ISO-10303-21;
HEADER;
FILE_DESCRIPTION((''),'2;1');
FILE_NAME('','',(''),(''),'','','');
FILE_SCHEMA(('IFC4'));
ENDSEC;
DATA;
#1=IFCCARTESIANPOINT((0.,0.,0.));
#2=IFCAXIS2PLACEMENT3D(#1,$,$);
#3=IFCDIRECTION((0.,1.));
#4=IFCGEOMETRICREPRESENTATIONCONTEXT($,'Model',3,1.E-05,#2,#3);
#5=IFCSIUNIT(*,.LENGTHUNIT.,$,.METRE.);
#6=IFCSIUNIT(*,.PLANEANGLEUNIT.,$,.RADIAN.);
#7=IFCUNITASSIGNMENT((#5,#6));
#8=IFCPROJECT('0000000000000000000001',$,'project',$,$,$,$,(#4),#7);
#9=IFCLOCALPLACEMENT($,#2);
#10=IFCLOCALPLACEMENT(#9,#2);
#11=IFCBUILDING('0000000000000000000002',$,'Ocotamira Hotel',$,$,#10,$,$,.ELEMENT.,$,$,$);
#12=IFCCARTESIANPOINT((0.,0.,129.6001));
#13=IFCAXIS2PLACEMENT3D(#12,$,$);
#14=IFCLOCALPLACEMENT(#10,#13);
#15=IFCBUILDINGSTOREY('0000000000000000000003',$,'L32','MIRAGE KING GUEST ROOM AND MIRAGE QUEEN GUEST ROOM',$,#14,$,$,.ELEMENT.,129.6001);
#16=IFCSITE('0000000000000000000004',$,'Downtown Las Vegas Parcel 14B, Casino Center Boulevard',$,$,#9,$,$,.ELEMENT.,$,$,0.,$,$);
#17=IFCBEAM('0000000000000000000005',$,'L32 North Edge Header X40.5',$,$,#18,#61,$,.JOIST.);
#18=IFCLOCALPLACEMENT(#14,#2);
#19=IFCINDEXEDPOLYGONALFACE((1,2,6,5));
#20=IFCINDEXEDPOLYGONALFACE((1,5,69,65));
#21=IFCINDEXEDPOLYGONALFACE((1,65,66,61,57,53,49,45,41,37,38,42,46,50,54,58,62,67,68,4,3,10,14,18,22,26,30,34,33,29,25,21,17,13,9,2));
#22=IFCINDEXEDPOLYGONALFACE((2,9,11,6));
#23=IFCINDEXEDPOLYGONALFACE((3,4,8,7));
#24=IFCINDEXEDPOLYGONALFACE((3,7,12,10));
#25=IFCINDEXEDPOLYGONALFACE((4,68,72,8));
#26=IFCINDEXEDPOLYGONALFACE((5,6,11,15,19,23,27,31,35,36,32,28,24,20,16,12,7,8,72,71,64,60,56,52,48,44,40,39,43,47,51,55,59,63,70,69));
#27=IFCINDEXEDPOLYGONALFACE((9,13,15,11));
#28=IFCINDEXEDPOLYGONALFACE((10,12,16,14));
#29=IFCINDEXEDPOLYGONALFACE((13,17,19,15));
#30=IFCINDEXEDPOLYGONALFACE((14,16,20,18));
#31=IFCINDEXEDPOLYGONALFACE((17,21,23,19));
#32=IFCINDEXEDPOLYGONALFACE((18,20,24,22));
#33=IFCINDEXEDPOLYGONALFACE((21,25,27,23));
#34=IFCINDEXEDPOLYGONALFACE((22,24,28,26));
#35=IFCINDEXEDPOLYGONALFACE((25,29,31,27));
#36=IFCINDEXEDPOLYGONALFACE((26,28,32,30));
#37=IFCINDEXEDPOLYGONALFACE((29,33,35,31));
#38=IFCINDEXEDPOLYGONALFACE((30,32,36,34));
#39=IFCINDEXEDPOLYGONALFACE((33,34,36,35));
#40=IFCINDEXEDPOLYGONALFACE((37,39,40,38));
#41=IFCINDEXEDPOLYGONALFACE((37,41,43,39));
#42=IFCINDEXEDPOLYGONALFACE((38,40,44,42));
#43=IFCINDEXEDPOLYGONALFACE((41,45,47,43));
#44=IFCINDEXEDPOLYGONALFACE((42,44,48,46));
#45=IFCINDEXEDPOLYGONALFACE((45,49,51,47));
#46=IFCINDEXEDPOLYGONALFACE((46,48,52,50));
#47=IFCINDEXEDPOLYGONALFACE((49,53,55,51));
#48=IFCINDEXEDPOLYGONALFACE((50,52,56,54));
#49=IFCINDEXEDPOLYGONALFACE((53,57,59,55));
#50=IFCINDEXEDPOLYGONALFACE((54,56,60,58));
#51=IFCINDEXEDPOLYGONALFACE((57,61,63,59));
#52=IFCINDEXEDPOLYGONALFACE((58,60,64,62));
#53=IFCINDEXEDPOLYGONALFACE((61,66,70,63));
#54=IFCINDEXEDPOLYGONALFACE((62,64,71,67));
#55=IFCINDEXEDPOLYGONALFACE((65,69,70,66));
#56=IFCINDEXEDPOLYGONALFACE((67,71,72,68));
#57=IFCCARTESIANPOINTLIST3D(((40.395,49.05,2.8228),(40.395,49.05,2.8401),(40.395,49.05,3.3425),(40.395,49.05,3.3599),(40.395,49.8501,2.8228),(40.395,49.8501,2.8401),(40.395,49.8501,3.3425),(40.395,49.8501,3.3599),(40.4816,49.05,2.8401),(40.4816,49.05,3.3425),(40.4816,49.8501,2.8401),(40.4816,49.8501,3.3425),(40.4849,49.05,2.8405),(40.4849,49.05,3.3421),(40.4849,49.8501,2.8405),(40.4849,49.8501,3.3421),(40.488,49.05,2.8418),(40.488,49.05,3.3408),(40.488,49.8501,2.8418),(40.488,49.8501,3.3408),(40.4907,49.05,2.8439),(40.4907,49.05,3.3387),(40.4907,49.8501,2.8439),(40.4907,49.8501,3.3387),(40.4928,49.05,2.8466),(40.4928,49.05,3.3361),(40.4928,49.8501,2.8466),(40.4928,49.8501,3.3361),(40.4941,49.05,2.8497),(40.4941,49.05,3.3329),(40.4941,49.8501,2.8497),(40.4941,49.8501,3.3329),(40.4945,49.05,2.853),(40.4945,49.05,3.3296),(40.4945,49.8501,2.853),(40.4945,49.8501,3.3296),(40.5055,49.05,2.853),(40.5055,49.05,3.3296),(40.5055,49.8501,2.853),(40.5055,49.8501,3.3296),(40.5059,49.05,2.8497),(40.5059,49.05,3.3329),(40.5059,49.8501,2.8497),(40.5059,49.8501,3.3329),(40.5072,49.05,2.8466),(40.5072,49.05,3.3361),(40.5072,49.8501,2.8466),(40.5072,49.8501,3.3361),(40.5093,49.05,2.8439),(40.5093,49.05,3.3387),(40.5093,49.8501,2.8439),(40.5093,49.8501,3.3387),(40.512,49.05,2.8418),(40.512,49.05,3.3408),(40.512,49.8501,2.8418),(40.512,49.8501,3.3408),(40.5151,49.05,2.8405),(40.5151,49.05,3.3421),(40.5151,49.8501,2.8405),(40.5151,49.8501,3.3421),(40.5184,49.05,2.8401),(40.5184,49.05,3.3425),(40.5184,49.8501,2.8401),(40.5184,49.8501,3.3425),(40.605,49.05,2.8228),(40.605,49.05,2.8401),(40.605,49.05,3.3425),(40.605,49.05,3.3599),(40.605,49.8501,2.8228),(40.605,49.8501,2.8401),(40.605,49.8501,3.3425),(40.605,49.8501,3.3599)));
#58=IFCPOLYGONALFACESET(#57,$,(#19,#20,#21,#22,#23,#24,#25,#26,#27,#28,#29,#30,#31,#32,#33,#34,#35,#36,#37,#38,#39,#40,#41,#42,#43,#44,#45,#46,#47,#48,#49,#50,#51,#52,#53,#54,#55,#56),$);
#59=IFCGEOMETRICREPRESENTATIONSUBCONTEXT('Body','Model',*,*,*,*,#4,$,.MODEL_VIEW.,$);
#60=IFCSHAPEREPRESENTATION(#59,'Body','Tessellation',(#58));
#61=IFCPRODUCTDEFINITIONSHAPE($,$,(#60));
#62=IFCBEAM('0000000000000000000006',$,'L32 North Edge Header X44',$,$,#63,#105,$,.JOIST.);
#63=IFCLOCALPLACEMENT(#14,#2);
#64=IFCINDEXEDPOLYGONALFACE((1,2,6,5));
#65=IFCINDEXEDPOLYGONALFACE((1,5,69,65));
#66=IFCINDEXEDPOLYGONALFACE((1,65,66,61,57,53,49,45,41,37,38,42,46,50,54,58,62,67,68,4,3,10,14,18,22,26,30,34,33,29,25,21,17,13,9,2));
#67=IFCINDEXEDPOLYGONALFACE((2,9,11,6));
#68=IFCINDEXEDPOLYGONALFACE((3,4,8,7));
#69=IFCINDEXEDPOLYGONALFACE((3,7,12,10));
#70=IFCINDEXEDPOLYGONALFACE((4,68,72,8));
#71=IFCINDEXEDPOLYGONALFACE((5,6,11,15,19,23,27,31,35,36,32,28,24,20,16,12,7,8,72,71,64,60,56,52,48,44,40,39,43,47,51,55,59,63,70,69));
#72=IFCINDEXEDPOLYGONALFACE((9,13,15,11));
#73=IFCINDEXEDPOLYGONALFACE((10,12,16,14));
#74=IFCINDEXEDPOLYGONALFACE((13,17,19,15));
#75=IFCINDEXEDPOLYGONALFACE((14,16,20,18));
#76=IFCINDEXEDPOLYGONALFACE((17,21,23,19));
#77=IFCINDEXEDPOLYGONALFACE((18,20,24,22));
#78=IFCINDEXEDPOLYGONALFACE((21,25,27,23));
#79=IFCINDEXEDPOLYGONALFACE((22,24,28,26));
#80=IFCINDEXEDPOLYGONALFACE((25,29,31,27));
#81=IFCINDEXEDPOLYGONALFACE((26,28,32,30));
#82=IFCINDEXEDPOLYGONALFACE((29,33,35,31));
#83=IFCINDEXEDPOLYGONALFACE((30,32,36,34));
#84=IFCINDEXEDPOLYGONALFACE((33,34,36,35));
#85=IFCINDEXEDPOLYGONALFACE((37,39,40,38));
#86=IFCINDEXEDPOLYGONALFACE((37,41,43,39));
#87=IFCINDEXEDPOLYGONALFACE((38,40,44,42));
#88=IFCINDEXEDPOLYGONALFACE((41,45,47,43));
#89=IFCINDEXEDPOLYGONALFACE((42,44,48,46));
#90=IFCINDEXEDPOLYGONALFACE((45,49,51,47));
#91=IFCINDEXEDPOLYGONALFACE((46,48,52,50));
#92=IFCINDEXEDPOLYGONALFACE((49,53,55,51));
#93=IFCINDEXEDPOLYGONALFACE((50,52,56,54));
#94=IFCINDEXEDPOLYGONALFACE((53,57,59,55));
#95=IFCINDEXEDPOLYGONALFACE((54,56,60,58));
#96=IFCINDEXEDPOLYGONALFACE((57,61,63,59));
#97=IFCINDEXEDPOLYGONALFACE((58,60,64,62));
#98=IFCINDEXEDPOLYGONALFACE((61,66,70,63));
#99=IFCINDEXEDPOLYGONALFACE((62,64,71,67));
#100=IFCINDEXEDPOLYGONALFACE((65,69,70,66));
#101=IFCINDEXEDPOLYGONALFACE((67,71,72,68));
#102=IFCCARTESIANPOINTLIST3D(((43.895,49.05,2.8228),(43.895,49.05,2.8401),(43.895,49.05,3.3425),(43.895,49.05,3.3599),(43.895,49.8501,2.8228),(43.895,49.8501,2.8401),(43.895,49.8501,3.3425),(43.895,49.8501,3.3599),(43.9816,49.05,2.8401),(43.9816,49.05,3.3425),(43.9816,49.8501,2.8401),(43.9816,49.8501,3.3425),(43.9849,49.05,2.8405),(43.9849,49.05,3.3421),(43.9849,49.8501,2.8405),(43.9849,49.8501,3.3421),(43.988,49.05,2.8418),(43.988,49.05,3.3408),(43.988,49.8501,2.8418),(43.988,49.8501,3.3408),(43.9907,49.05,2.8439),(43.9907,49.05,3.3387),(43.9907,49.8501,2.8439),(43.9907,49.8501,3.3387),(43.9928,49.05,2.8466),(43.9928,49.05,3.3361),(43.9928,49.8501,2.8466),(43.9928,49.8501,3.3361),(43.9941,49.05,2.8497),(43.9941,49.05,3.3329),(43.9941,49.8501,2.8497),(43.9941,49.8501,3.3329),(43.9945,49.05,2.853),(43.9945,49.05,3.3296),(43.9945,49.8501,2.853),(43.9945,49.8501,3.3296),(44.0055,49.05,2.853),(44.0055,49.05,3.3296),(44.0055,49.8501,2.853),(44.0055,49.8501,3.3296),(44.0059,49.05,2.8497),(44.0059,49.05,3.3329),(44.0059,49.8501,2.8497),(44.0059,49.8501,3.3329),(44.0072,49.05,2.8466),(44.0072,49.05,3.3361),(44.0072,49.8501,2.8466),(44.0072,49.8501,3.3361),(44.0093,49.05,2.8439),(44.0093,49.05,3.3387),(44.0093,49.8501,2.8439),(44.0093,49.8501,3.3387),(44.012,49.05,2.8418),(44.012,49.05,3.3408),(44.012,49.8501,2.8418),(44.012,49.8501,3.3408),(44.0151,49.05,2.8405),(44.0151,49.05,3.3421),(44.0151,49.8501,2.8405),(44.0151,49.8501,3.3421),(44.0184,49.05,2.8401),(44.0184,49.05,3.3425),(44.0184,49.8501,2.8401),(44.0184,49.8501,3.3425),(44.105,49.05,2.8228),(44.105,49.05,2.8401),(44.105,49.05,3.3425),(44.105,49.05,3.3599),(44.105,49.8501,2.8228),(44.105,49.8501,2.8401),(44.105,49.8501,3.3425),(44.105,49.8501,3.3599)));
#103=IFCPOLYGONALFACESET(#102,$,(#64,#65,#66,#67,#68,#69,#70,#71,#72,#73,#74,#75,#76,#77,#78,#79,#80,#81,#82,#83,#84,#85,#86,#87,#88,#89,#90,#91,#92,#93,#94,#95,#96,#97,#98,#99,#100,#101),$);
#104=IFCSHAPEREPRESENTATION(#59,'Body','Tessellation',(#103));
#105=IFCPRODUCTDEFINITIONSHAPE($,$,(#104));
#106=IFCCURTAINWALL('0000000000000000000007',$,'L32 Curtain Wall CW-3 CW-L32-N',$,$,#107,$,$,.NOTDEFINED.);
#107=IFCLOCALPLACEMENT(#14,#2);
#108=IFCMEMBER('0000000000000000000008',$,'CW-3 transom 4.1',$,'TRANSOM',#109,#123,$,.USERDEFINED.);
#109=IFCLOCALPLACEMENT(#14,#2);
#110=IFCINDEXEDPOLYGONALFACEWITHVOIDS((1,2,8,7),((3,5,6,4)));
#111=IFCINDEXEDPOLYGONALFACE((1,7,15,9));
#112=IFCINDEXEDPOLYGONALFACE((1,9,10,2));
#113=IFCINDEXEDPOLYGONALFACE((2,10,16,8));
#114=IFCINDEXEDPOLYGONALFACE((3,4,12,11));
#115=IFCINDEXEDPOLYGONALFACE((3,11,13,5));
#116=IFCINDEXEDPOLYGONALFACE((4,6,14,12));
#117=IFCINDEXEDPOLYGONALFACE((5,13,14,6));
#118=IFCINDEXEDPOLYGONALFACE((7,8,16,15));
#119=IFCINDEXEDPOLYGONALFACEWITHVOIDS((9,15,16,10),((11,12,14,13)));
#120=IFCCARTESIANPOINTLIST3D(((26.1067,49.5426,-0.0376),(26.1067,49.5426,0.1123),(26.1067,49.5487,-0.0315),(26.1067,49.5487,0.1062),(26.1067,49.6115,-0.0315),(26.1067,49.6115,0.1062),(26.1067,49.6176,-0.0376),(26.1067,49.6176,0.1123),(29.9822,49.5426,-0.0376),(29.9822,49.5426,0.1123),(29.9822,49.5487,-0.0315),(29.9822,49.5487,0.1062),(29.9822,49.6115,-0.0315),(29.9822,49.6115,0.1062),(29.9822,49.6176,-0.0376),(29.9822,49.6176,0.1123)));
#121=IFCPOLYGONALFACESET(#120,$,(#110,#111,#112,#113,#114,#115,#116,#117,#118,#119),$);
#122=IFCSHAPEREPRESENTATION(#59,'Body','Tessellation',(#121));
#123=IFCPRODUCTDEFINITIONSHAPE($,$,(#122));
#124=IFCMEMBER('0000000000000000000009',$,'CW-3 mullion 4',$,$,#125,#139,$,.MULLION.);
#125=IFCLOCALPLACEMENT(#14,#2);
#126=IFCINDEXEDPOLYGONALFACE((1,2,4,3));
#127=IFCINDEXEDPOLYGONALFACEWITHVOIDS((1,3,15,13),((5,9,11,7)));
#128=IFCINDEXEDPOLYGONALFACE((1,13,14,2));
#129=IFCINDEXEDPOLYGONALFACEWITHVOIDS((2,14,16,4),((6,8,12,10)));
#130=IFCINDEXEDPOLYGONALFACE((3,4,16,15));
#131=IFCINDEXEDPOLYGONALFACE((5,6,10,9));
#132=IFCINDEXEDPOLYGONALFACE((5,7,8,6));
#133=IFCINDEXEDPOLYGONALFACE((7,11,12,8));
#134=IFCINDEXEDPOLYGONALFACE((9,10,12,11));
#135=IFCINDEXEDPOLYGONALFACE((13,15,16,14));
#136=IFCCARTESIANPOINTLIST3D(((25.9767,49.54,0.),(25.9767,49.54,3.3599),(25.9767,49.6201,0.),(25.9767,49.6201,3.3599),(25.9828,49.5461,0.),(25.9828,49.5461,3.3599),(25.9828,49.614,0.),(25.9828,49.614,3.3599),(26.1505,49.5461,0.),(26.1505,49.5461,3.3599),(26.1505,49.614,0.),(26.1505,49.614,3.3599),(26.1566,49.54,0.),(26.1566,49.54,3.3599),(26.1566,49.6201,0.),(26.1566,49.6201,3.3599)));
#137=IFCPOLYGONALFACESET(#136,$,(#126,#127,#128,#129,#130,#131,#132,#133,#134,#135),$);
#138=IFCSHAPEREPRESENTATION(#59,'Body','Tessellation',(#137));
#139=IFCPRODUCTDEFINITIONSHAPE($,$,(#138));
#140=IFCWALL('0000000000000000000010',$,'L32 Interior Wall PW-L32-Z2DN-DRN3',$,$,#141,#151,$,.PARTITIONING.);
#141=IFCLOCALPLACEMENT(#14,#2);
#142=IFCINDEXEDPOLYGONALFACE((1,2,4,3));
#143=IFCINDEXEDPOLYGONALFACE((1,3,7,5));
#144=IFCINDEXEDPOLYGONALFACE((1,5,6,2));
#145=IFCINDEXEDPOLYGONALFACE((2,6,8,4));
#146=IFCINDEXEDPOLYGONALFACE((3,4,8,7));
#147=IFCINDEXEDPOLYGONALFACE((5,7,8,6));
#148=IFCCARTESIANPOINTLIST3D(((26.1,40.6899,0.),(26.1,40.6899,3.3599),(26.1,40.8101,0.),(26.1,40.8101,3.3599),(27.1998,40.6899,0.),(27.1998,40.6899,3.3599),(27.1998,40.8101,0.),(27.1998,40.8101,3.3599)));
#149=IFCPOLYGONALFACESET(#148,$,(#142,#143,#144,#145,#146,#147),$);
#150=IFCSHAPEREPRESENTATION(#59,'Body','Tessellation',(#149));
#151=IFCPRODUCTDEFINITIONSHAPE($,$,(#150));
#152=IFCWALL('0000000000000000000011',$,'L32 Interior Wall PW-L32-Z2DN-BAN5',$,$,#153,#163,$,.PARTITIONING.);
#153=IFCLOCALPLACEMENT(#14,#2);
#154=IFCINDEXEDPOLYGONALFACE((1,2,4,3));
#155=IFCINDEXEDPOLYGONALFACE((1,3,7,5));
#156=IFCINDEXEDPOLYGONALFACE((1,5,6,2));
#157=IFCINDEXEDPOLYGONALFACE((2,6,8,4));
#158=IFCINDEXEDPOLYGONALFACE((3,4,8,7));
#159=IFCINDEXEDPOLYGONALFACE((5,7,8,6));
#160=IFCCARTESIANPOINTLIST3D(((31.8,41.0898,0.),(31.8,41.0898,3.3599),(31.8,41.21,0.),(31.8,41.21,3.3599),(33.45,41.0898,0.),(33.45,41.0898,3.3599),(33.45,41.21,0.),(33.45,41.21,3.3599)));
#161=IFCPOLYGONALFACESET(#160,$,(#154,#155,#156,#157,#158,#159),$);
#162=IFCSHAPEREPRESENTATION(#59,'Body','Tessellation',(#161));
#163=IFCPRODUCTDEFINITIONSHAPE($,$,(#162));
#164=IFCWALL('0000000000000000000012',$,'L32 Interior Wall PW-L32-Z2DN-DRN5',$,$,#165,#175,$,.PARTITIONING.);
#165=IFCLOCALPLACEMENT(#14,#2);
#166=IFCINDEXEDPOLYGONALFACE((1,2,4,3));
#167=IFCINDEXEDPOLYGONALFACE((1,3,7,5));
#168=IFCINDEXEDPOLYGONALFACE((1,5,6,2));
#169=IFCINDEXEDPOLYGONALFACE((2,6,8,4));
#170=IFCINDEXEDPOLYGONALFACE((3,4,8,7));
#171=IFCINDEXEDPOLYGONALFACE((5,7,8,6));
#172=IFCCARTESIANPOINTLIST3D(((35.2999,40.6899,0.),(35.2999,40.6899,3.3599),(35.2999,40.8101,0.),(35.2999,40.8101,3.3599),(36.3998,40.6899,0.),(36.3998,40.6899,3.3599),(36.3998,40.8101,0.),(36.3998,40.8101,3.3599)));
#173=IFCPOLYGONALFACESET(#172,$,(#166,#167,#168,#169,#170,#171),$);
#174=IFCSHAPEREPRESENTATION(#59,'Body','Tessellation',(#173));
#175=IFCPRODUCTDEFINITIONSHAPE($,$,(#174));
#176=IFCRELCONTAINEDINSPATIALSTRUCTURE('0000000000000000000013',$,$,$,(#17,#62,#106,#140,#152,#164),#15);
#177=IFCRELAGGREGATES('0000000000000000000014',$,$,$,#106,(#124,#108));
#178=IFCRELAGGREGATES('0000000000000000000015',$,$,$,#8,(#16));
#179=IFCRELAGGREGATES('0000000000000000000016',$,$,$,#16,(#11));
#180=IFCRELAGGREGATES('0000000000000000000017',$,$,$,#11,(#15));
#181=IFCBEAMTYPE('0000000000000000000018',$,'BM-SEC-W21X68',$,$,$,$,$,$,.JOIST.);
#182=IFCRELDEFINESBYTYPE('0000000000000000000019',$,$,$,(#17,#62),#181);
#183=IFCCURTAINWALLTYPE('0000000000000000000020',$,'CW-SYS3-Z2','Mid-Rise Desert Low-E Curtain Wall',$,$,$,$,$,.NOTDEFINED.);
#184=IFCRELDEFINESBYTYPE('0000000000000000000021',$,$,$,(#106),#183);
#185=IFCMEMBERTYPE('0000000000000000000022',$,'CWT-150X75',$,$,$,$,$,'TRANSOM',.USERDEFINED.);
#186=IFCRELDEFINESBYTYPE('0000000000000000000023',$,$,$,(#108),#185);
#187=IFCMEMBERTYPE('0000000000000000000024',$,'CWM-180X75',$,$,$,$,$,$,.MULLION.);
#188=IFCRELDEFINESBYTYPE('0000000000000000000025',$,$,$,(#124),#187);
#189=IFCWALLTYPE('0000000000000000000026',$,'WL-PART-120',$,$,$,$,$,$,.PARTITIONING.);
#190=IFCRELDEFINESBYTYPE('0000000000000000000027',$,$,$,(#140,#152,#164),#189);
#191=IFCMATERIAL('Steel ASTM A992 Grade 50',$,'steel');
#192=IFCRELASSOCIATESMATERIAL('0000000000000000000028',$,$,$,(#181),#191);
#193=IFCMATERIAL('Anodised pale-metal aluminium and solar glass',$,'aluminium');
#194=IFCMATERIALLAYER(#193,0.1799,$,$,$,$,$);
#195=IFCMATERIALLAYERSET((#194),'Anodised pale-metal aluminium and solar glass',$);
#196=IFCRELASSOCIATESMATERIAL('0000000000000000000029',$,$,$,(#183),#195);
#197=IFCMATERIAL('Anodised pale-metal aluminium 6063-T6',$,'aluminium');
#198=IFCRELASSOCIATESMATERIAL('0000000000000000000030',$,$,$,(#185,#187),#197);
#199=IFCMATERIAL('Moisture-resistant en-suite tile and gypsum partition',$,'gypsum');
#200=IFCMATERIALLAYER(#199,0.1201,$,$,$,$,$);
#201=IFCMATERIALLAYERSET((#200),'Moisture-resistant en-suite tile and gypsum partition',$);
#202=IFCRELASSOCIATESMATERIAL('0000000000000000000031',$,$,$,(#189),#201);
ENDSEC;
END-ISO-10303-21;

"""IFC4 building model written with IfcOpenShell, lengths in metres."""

from ifc_helpers import new_model, si_unit, direction, frame, frame_2d, origin, origin_2d, place, context, subcontext, project, spatial, rectangle, hollow_rectangle, i_section, extrude, source, transform, mapped, material, layer, layer_set, material_profile, profile_set, type_object, element, aggregate, save


model = new_model("IFC4")

# Units and contexts
model_context = context("Model", 3, precision=1e-05, world=origin(), true_north=direction((0.0, 1.0)))
body_context = subcontext(model_context, "Body", "Model", "MODEL_VIEW")
ifc_project = project(units=[si_unit("LENGTHUNIT", "METRE"), si_unit("PLANEANGLEUNIT", "RADIAN")], contexts=[model_context])

# Site, building, storey
site_placement = place(None, origin())
site = spatial("IfcSite", under=ifc_project, at=site_placement, Name="Downtown Las Vegas Parcel 14B, Casino Center Boulevard", CompositionType="ELEMENT", RefElevation=0.0)
building_placement = place(site_placement, origin())
building = spatial("IfcBuilding", under=site, at=building_placement, Name="Ocotamira Hotel", CompositionType="ELEMENT")
storey_placement = place(building_placement, frame((0.0, 0.0, 129.6001)))
storey = spatial("IfcBuildingStorey", under=building, at=storey_placement, Name="L32", Description="MIRAGE KING GUEST ROOM AND MIRAGE QUEEN GUEST ROOM", CompositionType="ELEMENT", Elevation=129.6001)

# Beams
ifc_material_1 = material(Name="Steel ASTM A992 Grade 50", Category="steel")
ifc_material_profile_1 = material_profile(ifc_material_1, i_section(OverallWidth=0.21, OverallDepth=0.5371, WebThickness=0.011, FlangeThickness=0.0173, FilletRadius=0.0129, at=origin_2d()), Name="W21X68")
ifc_profile_set_1 = profile_set([ifc_material_profile_1], Name="Steel ASTM A992 Grade 50")
beam_type_1 = type_object("IfcBeamType", Name="BM-SEC-W21X68", PredefinedType="JOIST", material=ifc_profile_set_1)
shared_shape_1 = source(origin(), body_context, "Body", "SweptSolid", [
    extrude(i_section(OverallWidth=0.21, OverallDepth=0.5371, WebThickness=0.011, FlangeThickness=0.0173, FilletRadius=0.0129, at=origin_2d()), origin(), (0.0, 0.0, 1.0), 0.8),
])
for number, where, z_axis, x_axis, name in (
    (1, (40.5, 49.05, 3.0913), (0.0, 1.0, 0.0), (-1.0, 0.0, 0.0), "L32 North Edge Header X40.5"),
    (2, (44.0, 49.05, 3.0913), (0.0, 1.0, 0.0), (-1.0, 0.0, 0.0), "L32 North Edge Header X44"),
):
    element("IfcBeam", number, at=place(storey_placement, frame(where, z_axis=z_axis, x_axis=x_axis)), inside=storey, type_object=beam_type_1, Name=name, PredefinedType="JOIST", context=body_context, shape_type="MappedRepresentation", body=[
        mapped(shared_shape_1, transform((0.0, 0.0, 0.0), scale=1.0)),
    ])

# Curtain wall, members
ifc_material_2 = material(Name="Anodised pale-metal aluminium and solar glass", Category="aluminium")
ifc_layer_1 = layer(ifc_material_2, 0.1799)
ifc_layer_set_1 = layer_set([ifc_layer_1], Name="Anodised pale-metal aluminium and solar glass")
curtain_wall_type = type_object("IfcCurtainWallType", Name="CW-SYS3-Z2", Description="Mid-Rise Desert Low-E Curtain Wall", PredefinedType="NOTDEFINED", material=ifc_layer_set_1)
curtain_wall_placement = place(storey_placement, origin())
curtain_wall = element("IfcCurtainWall", 3, at=curtain_wall_placement, inside=storey, type_object=curtain_wall_type, Name="L32 Curtain Wall CW-3 CW-L32-N", PredefinedType="NOTDEFINED")
ifc_material_3 = material(Name="Anodised pale-metal aluminium 6063-T6", Category="aluminium")
ifc_material_profile_2 = material_profile(ifc_material_3, hollow_rectangle(XDim=0.075, YDim=0.1499, WallThickness=0.0061, at=origin_2d()), Name="HSS150X75X6")
ifc_profile_set_2 = profile_set([ifc_material_profile_2], Name="Anodised pale-metal aluminium 6063-T6")
member_type_1 = type_object("IfcMemberType", Name="CWT-150X75", ElementType="TRANSOM", PredefinedType="USERDEFINED", material=ifc_profile_set_2)
shared_shape_2 = source(origin(), body_context, "Body", "SweptSolid", [
    extrude(hollow_rectangle(XDim=0.075, YDim=0.1499, WallThickness=0.0061, at=origin_2d()), origin(), (0.0, 0.0, 1.0), 3.8755),
])
member_1_placement = place(storey_placement, frame((26.1067, 49.5801, 0.0374), z_axis=(1.0, 0.0, 0.0), x_axis=(0.0, 1.0, 0.0)))
member_1 = element("IfcMember", 4, at=member_1_placement, type_object=member_type_1, Name="CW-3 transom 4.1", ObjectType="TRANSOM", PredefinedType="USERDEFINED", context=body_context, shape_type="MappedRepresentation", body=[
    mapped(shared_shape_2, transform((0.0, 0.0, 0.0), scale=1.0)),
])
ifc_material_profile_3 = material_profile(ifc_material_3, hollow_rectangle(XDim=0.0801, YDim=0.1799, WallThickness=0.0061, at=origin_2d()), Name="HSS180X80X6")
ifc_profile_set_3 = profile_set([ifc_material_profile_3], Name="Anodised pale-metal aluminium 6063-T6")
member_type_2 = type_object("IfcMemberType", Name="CWM-180X75", PredefinedType="MULLION", material=ifc_profile_set_3)
shared_shape_3 = source(origin(), body_context, "Body", "SweptSolid", [
    extrude(hollow_rectangle(XDim=0.0801, YDim=0.1799, WallThickness=0.0061, at=origin_2d()), origin(), (0.0, 0.0, 1.0), 3.3599),
])
member_2_placement = place(storey_placement, frame((26.0667, 49.5801, 0.0), z_axis=(0.0, 0.0, 1.0), x_axis=(0.0, 1.0, 0.0)))
member_2 = element("IfcMember", 5, at=member_2_placement, type_object=member_type_2, Name="CW-3 mullion 4", PredefinedType="MULLION", context=body_context, shape_type="MappedRepresentation", body=[
    mapped(shared_shape_3, transform((0.0, 0.0, 0.0), scale=1.0)),
])
aggregate(curtain_wall, [member_2, member_1])

# Walls
ifc_material_4 = material(Name="Moisture-resistant en-suite tile and gypsum partition", Category="gypsum")
ifc_layer_2 = layer(ifc_material_4, 0.1201)
ifc_layer_set_2 = layer_set([ifc_layer_2], Name="Moisture-resistant en-suite tile and gypsum partition")
wall_type_1 = type_object("IfcWallType", Name="WL-PART-120", PredefinedType="PARTITIONING", material=ifc_layer_set_2)
wall_1_placement = place(storey_placement, frame((26.1001, 40.75, 0.0), z_axis=(0.0, 0.0, 1.0), x_axis=(1.0, 0.0, 0.0)))
element("IfcWall", 6, at=wall_1_placement, inside=storey, type_object=wall_type_1, Name="L32 Interior Wall PW-L32-Z2DN-DRN3", PredefinedType="PARTITIONING", context=body_context, shape_type="SweptSolid", body=[
    extrude(rectangle(XDim=1.0999, YDim=0.1201, at=frame_2d((0.5498, 0.0))), origin(), (0.0, 0.0, 1.0), 3.3599),
])
wall_2_placement = place(storey_placement, frame((31.8, 41.1499, 0.0), z_axis=(0.0, 0.0, 1.0), x_axis=(1.0, 0.0, 0.0)))
element("IfcWall", 7, at=wall_2_placement, inside=storey, type_object=wall_type_1, Name="L32 Interior Wall PW-L32-Z2DN-BAN5", PredefinedType="PARTITIONING", context=body_context, shape_type="SweptSolid", body=[
    extrude(rectangle(XDim=1.6499, YDim=0.1201, at=frame_2d((0.825, 0.0))), origin(), (0.0, 0.0, 1.0), 3.3599),
])
wall_3_placement = place(storey_placement, frame((35.3, 40.75, 0.0), z_axis=(0.0, 0.0, 1.0), x_axis=(1.0, 0.0, 0.0)))
element("IfcWall", 8, at=wall_3_placement, inside=storey, type_object=wall_type_1, Name="L32 Interior Wall PW-L32-Z2DN-DRN5", PredefinedType="PARTITIONING", context=body_context, shape_type="SweptSolid", body=[
    extrude(rectangle(XDim=1.0999, YDim=0.1201, at=frame_2d((0.5498, 0.0))), origin(), (0.0, 0.0, 1.0), 3.3599),
])

save(model, "model.ifc")
